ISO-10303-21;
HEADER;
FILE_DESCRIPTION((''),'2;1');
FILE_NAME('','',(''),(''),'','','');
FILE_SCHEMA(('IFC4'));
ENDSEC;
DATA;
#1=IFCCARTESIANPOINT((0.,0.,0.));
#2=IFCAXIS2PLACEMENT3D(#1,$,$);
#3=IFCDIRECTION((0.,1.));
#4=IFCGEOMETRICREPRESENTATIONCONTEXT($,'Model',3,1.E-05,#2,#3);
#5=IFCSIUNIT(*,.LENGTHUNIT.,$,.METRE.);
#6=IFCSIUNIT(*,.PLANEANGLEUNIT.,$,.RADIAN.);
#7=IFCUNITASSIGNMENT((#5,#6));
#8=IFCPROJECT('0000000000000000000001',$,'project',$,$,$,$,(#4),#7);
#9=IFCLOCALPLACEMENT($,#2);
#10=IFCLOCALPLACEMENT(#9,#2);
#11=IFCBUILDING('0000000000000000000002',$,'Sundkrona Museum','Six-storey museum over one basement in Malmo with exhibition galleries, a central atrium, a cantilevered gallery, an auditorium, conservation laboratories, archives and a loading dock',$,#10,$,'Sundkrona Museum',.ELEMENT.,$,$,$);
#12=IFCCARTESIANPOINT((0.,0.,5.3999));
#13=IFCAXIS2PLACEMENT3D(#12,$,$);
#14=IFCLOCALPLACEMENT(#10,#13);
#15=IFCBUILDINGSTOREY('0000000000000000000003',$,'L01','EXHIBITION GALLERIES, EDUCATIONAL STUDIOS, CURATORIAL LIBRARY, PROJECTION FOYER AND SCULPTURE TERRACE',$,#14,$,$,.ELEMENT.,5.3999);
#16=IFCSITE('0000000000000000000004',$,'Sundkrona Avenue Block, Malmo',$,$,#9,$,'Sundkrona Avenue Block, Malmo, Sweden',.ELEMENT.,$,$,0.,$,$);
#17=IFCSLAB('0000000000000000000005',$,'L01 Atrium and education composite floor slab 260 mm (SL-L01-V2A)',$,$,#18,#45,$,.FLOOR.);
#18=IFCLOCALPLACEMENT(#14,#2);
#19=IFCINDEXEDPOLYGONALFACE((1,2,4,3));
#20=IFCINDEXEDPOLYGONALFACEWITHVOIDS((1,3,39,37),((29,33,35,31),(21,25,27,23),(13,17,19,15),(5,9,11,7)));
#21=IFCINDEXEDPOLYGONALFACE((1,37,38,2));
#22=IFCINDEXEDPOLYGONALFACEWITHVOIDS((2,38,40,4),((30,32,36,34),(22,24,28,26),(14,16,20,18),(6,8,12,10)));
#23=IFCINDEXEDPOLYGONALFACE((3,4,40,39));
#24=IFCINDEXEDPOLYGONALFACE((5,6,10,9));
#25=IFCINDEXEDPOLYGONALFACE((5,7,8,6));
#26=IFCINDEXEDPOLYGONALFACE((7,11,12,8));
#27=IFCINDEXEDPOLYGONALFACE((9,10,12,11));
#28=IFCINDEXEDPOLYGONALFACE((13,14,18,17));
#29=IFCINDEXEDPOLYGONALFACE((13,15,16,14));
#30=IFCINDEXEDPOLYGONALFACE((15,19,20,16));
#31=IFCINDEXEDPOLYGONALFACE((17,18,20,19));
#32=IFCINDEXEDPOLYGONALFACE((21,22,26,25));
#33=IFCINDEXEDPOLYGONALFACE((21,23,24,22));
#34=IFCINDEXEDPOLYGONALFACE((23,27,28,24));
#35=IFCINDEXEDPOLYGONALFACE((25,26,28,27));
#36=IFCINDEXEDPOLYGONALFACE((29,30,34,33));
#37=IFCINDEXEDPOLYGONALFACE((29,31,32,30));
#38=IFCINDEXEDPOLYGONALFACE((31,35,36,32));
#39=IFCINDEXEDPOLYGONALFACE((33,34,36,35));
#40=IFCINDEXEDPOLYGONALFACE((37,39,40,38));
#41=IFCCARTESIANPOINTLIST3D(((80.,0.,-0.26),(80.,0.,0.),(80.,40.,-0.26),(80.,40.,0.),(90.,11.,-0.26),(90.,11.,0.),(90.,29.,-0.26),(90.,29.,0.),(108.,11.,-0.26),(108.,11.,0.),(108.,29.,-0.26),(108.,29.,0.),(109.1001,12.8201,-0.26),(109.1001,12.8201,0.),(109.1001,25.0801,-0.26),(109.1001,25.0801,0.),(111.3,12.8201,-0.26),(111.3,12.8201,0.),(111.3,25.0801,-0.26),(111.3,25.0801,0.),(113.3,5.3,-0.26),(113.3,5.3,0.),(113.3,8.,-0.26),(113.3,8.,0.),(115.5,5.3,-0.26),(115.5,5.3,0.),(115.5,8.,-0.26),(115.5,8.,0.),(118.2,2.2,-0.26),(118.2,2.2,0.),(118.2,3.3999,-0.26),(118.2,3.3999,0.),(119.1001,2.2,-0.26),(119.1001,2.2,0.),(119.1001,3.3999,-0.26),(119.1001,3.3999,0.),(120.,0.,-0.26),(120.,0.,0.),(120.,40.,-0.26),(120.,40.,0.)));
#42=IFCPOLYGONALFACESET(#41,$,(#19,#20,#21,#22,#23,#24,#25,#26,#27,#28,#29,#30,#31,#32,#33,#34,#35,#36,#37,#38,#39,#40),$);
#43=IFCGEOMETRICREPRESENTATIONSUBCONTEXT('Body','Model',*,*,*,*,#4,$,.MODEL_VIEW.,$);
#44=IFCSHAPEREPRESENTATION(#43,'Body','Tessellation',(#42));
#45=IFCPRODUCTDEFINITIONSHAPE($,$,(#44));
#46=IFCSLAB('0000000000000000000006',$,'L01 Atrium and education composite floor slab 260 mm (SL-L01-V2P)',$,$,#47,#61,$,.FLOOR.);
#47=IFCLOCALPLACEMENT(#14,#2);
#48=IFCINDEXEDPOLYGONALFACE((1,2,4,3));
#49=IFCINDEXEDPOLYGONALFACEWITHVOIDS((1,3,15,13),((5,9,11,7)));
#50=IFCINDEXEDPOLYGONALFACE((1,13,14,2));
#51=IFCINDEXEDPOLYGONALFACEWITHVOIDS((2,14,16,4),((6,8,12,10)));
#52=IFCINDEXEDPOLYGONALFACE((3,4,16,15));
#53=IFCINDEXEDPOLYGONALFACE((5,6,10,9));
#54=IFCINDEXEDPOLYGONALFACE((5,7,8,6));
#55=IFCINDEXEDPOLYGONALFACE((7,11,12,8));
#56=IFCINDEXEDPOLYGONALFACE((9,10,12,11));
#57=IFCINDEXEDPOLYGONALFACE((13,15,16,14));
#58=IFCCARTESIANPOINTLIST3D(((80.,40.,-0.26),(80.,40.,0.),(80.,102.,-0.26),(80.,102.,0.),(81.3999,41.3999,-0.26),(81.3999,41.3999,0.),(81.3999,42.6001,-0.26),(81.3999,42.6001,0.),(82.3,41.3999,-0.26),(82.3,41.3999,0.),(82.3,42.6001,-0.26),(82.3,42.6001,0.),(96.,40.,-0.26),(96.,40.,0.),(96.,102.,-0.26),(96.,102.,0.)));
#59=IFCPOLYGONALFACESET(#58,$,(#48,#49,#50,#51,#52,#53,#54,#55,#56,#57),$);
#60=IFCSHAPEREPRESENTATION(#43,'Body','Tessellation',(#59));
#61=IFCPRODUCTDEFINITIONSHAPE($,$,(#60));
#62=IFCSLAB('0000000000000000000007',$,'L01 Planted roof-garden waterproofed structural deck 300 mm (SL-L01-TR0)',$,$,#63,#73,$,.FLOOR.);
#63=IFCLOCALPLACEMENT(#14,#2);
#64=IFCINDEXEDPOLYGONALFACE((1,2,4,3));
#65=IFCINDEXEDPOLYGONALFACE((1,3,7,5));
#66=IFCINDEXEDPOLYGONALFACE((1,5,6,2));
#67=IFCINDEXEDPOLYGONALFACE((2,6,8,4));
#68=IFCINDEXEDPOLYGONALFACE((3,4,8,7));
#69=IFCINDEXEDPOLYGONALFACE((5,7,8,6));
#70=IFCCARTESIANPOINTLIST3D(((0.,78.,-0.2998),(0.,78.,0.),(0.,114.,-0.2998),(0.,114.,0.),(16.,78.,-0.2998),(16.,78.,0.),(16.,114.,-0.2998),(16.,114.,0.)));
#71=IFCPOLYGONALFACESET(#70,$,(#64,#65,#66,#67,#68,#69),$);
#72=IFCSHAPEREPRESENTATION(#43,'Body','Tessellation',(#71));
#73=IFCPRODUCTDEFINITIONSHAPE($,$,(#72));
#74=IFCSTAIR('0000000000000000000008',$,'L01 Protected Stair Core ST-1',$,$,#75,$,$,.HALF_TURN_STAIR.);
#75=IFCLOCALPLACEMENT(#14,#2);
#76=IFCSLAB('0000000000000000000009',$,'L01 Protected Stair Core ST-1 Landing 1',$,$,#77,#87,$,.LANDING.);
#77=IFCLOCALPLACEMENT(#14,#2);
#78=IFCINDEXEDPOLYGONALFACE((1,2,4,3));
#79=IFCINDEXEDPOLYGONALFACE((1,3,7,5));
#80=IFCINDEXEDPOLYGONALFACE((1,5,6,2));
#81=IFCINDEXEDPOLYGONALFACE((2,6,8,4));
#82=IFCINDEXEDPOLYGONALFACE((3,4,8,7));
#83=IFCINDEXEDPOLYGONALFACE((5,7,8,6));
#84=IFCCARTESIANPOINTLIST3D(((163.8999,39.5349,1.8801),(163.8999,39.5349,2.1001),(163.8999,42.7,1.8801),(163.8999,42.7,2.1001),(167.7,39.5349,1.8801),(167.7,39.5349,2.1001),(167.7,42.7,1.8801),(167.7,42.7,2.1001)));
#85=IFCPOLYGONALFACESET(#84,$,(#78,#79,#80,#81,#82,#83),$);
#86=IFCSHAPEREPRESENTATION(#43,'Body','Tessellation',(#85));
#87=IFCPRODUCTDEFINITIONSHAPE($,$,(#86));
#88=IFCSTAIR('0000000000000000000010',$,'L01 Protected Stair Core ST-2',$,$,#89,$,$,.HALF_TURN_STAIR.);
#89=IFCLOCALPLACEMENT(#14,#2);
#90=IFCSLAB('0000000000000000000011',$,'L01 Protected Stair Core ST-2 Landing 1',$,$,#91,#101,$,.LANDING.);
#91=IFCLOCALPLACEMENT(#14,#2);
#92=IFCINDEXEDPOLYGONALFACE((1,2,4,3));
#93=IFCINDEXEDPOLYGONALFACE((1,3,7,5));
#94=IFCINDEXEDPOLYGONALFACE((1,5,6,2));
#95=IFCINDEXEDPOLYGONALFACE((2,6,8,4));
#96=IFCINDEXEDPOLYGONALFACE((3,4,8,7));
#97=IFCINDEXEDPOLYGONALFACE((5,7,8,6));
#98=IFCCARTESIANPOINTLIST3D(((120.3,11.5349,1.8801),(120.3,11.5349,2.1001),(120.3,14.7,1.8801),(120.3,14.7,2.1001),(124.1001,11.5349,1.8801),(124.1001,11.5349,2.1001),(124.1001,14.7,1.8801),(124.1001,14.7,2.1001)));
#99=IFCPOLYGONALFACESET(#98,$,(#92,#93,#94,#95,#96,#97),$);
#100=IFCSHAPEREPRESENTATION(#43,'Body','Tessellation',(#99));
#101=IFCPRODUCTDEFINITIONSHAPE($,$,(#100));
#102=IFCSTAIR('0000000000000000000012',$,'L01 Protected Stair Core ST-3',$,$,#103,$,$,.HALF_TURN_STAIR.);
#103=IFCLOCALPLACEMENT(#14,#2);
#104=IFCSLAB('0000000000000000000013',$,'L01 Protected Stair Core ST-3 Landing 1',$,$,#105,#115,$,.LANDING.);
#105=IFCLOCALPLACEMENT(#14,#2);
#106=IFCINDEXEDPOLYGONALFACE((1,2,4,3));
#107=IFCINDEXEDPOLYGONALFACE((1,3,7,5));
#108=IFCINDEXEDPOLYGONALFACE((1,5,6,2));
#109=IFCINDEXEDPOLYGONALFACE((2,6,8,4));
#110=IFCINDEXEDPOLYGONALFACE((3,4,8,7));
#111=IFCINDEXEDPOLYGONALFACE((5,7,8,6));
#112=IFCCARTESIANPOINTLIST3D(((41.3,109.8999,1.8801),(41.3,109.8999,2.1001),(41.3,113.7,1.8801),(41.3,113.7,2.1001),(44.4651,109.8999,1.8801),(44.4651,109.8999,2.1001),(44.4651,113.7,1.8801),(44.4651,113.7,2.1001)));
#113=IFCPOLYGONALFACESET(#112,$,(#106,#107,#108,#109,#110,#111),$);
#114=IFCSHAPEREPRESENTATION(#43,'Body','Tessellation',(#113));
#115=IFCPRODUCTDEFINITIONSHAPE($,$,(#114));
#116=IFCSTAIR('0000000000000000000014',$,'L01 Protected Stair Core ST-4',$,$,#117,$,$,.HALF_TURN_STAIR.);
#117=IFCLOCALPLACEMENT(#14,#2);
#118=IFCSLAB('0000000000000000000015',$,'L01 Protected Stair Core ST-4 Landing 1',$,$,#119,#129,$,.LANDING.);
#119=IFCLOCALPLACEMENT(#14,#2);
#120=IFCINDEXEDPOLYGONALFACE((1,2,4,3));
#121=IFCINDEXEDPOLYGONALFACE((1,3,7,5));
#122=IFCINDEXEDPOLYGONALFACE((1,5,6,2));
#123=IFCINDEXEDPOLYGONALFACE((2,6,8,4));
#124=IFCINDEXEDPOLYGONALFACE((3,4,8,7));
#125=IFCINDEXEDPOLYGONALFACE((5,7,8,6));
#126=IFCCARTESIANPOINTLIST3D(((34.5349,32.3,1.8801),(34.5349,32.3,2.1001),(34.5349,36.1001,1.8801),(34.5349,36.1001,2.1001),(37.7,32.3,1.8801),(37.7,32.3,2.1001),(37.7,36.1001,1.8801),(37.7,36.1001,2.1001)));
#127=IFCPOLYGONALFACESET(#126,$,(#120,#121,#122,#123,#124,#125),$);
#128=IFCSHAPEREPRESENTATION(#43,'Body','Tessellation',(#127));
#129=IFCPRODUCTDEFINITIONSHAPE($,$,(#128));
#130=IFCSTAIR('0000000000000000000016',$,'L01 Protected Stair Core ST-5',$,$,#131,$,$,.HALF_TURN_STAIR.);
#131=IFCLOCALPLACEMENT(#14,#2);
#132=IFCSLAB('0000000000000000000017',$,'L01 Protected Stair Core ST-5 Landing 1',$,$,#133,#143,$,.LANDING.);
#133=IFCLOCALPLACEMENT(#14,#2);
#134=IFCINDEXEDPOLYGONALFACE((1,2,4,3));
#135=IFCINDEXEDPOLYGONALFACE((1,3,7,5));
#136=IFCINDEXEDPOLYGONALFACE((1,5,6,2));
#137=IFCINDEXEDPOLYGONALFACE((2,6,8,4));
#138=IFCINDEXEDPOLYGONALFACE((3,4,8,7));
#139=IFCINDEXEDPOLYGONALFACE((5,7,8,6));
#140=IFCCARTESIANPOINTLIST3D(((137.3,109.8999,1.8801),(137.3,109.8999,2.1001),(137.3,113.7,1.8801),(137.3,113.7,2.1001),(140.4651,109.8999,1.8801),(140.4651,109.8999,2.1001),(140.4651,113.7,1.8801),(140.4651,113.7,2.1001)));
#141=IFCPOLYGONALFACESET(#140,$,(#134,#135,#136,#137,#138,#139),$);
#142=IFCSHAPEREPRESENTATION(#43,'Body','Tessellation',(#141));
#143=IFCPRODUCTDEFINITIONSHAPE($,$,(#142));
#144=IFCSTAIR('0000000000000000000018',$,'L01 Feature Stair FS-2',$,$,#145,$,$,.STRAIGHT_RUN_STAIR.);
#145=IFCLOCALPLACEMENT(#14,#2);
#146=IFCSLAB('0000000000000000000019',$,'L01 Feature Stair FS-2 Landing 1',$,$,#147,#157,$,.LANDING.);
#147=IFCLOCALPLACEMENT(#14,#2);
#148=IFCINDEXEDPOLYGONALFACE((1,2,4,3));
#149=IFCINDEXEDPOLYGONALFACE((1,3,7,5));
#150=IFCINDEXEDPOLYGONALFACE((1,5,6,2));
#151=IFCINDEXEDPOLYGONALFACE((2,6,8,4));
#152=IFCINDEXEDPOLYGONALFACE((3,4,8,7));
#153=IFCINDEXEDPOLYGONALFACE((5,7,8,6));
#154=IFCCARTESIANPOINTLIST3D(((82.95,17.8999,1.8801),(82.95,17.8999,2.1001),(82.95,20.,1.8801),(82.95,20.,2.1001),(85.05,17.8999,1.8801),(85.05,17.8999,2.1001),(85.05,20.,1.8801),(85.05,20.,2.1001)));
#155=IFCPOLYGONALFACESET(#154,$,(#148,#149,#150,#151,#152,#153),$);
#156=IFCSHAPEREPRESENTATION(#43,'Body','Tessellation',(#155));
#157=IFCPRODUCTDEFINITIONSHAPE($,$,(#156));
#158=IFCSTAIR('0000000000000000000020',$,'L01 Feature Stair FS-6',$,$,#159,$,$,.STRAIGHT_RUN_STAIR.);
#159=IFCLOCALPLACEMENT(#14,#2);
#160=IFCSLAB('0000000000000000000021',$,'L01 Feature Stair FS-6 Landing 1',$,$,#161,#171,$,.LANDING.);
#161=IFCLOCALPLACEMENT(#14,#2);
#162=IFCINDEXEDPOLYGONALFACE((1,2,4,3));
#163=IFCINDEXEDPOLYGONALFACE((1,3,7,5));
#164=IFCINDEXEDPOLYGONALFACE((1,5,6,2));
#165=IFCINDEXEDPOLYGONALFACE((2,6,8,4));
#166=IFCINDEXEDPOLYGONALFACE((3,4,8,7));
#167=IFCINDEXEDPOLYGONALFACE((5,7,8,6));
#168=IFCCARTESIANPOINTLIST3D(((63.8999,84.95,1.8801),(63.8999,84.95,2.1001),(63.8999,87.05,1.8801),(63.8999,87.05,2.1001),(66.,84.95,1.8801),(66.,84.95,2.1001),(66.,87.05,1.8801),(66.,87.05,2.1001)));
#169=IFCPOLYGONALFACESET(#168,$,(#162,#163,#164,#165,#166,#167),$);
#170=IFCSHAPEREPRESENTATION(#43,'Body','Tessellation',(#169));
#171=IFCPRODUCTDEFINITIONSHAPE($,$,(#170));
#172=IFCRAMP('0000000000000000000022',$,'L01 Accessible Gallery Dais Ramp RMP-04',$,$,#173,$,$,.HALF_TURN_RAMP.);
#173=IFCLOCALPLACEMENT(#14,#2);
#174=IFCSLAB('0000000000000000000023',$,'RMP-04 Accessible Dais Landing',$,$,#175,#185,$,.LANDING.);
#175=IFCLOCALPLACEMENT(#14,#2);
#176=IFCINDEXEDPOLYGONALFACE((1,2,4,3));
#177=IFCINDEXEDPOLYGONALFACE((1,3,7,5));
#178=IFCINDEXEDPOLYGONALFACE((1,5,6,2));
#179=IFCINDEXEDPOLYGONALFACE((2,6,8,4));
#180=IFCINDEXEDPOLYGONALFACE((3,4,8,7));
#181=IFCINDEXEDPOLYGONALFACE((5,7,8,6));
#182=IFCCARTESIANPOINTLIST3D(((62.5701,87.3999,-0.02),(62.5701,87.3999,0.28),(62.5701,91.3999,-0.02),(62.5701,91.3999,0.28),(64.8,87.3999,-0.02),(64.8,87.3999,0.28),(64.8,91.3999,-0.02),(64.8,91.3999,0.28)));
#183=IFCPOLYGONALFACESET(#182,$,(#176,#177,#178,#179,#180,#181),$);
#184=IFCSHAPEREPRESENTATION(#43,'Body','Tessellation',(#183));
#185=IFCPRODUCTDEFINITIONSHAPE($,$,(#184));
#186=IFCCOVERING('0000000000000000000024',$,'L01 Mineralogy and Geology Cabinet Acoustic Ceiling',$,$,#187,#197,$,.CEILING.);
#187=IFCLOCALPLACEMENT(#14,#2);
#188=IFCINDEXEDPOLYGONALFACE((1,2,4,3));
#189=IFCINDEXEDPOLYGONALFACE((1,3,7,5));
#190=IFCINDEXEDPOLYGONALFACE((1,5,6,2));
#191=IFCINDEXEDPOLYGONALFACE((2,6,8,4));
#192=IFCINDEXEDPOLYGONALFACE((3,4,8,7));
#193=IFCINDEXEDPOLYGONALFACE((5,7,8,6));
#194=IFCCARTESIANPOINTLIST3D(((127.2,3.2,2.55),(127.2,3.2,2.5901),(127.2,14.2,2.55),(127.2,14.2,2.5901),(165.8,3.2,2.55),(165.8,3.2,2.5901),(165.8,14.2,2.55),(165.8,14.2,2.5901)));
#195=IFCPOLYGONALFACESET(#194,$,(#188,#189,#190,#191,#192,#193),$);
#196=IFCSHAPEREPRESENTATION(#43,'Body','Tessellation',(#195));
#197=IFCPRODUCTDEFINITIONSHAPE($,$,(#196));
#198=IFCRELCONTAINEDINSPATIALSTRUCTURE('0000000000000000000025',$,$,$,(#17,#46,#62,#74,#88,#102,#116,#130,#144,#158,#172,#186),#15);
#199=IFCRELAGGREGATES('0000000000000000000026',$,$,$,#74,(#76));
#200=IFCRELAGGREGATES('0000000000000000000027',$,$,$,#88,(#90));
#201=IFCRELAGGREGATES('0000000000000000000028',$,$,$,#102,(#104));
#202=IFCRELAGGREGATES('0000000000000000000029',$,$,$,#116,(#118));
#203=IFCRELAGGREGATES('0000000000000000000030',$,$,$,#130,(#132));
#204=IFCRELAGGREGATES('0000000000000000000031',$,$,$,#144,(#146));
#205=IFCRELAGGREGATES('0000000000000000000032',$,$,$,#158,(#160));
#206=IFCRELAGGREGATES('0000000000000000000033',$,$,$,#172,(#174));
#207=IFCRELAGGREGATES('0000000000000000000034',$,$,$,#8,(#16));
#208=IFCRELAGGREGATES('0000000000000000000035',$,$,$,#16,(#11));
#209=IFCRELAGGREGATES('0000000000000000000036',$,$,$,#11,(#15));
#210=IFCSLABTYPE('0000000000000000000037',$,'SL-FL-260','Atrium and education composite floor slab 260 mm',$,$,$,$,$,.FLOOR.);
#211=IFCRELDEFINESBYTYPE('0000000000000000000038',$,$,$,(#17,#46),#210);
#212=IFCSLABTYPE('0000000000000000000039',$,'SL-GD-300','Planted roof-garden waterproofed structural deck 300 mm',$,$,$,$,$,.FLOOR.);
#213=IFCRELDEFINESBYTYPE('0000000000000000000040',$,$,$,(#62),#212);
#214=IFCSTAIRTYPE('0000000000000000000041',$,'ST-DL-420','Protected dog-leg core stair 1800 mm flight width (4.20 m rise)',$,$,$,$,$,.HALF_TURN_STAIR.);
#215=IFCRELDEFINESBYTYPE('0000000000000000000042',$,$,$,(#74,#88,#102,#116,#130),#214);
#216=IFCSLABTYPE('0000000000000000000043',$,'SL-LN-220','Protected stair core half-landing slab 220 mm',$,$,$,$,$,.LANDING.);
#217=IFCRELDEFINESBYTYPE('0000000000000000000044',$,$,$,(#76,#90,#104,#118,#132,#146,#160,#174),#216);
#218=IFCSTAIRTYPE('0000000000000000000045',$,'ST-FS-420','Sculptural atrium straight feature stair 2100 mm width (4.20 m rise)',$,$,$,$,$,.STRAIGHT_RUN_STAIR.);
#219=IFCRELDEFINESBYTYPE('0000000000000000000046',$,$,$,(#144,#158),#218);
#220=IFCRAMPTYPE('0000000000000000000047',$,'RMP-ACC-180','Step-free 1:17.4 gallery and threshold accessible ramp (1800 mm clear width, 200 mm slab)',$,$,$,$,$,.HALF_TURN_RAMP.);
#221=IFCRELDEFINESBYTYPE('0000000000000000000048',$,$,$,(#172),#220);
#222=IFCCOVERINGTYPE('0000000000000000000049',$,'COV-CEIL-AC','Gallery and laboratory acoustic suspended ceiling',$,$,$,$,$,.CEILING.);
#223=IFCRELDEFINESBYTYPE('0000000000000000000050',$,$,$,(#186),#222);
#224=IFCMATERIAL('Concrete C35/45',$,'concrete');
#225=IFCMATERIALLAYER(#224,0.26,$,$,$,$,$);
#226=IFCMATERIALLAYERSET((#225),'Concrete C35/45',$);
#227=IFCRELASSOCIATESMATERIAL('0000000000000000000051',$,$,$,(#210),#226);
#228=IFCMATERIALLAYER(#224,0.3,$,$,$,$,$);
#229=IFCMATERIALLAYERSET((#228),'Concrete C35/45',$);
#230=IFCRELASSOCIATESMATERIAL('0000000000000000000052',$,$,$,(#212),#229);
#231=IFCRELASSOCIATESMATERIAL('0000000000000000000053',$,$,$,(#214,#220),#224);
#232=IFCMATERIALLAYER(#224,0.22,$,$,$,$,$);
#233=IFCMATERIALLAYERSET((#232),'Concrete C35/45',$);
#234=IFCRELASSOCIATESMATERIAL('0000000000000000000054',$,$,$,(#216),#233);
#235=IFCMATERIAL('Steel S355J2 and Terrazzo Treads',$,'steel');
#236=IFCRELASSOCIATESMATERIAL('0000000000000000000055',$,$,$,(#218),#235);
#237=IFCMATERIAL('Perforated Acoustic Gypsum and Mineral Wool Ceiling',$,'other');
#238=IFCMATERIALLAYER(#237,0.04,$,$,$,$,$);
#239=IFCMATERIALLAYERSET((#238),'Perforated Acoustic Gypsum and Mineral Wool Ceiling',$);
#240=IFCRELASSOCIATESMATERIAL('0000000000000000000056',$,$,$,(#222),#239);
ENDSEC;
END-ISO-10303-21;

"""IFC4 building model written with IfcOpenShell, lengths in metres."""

from ifc_helpers import new_model, si_unit, direction, frame, origin, place, context, subcontext, project, spatial, polyline, outline, extrude, material, layer, layer_set, type_object, element, aggregate, save


model = new_model("IFC4")

# Units and contexts
model_context = context("Model", 3, precision=1e-05, world=origin(), true_north=direction((0.0, 1.0)))
body_context = subcontext(model_context, "Body", "Model", "MODEL_VIEW")
ifc_project = project(units=[si_unit("LENGTHUNIT", "METRE"), si_unit("PLANEANGLEUNIT", "RADIAN")], contexts=[model_context])

# Site, building, storey
site_placement = place(None, origin())
site = spatial("IfcSite", under=ifc_project, at=site_placement, Name="Sundkrona Avenue Block, Malmo", LongName="Sundkrona Avenue Block, Malmo, Sweden", CompositionType="ELEMENT", RefElevation=0.0)
building_placement = place(site_placement, origin())
building = spatial("IfcBuilding", under=site, at=building_placement, Name="Sundkrona Museum", Description="Six-storey museum over one basement in Malmo with exhibition galleries, a central atrium, a cantilevered gallery, an auditorium, conservation laboratories, archives and a loading dock", LongName="Sundkrona Museum", CompositionType="ELEMENT")
storey_placement = place(building_placement, frame((0.0, 0.0, 5.3999)))
storey = spatial("IfcBuildingStorey", under=building, at=storey_placement, Name="L01", Description="EXHIBITION GALLERIES, EDUCATIONAL STUDIOS, CURATORIAL LIBRARY, PROJECTION FOYER AND SCULPTURE TERRACE", CompositionType="ELEMENT", Elevation=5.3999)

# Slabs
ifc_material_1 = material(Name="Concrete C35/45", Category="concrete")
ifc_layer_1 = layer(ifc_material_1, 0.26)
ifc_layer_set_1 = layer_set([ifc_layer_1], Name="Concrete C35/45")
slab_type_1 = type_object("IfcSlabType", Name="SL-FL-260", Description="Atrium and education composite floor slab 260 mm", PredefinedType="FLOOR", material=ifc_layer_set_1)
slab_1_placement = place(storey_placement, frame((0.0, 0.0, -0.26)))
element("IfcSlab", 1, at=slab_1_placement, inside=storey, type_object=slab_type_1, Name="L01 Atrium and education composite floor slab 260 mm (SL-L01-V2A)", PredefinedType="FLOOR", context=body_context, shape_type="SweptSolid", body=[
    extrude(outline(polyline([(80.0, 0.0), (120.0, 0.0), (120.0, 40.0), (80.0, 40.0), (80.0, 0.0)]), holes=[polyline([(119.1001, 2.2), (118.2, 2.2), (118.2, 3.3999), (119.1001, 3.3999), (119.1001, 2.2)]), polyline([(115.5, 5.3), (113.3, 5.3), (113.3, 8.0), (115.5, 8.0), (115.5, 5.3)]), polyline([(111.3, 12.8201), (109.1001, 12.8201), (109.1001, 25.0801), (111.3, 25.0801), (111.3, 12.8201)]), polyline([(108.0, 11.0), (90.0, 11.0), (90.0, 29.0), (108.0, 29.0), (108.0, 11.0)])]), origin(), (0.0, 0.0, 1.0), 0.26),
])
slab_2_placement = place(storey_placement, frame((0.0, 0.0, -0.26)))
element("IfcSlab", 2, at=slab_2_placement, inside=storey, type_object=slab_type_1, Name="L01 Atrium and education composite floor slab 260 mm (SL-L01-V2P)", PredefinedType="FLOOR", context=body_context, shape_type="SweptSolid", body=[
    extrude(outline(polyline([(80.0, 40.0), (96.0, 40.0), (96.0, 102.0), (80.0, 102.0), (80.0, 40.0)]), holes=[polyline([(82.3, 41.3999), (81.3999, 41.3999), (81.3999, 42.6001), (82.3, 42.6001), (82.3, 41.3999)])]), origin(), (0.0, 0.0, 1.0), 0.26),
])
ifc_layer_2 = layer(ifc_material_1, 0.3)
ifc_layer_set_2 = layer_set([ifc_layer_2], Name="Concrete C35/45")
slab_type_2 = type_object("IfcSlabType", Name="SL-GD-300", Description="Planted roof-garden waterproofed structural deck 300 mm", PredefinedType="FLOOR", material=ifc_layer_set_2)
slab_3_placement = place(storey_placement, frame((0.0, 0.0, -0.2998)))
element("IfcSlab", 3, at=slab_3_placement, inside=storey, type_object=slab_type_2, Name="L01 Planted roof-garden waterproofed structural deck 300 mm (SL-L01-TR0)", PredefinedType="FLOOR", context=body_context, shape_type="SweptSolid", body=[
    extrude(outline(polyline([(0.0, 78.0), (16.0, 78.0), (16.0, 114.0), (0.0, 114.0), (0.0, 78.0)])), origin(), (0.0, 0.0, 1.0), 0.2998),
])

# Stairs, slabs
stair_type_1 = type_object("IfcStairType", Name="ST-DL-420", Description="Protected dog-leg core stair 1800 mm flight width (4.20 m rise)", PredefinedType="HALF_TURN_STAIR", material=ifc_material_1)
stair_1_placement = place(storey_placement, origin())
stair_1 = element("IfcStair", 4, at=stair_1_placement, inside=storey, type_object=stair_type_1, Name="L01 Protected Stair Core ST-1", PredefinedType="HALF_TURN_STAIR")
ifc_layer_3 = layer(ifc_material_1, 0.22)
ifc_layer_set_3 = layer_set([ifc_layer_3], Name="Concrete C35/45")
slab_type_3 = type_object("IfcSlabType", Name="SL-LN-220", Description="Protected stair core half-landing slab 220 mm", PredefinedType="LANDING", material=ifc_layer_set_3)
slab_4_placement = place(storey_placement, frame((0.0, 0.0, 1.8801)))
slab_4 = element("IfcSlab", 5, at=slab_4_placement, type_object=slab_type_3, Name="L01 Protected Stair Core ST-1 Landing 1", PredefinedType="LANDING", context=body_context, shape_type="SweptSolid", body=[
    extrude(outline(polyline([(167.7, 39.5349), (167.7, 42.7), (163.8999, 42.7), (163.8999, 39.5349), (167.7, 39.5349)])), origin(), (0.0, 0.0, 1.0), 0.22),
])
aggregate(stair_1, [slab_4])
stair_2_placement = place(storey_placement, origin())
stair_2 = element("IfcStair", 6, at=stair_2_placement, inside=storey, type_object=stair_type_1, Name="L01 Protected Stair Core ST-2", PredefinedType="HALF_TURN_STAIR")
slab_5_placement = place(storey_placement, frame((0.0, 0.0, 1.8801)))
slab_5 = element("IfcSlab", 7, at=slab_5_placement, type_object=slab_type_3, Name="L01 Protected Stair Core ST-2 Landing 1", PredefinedType="LANDING", context=body_context, shape_type="SweptSolid", body=[
    extrude(outline(polyline([(124.1001, 11.5349), (124.1001, 14.7), (120.3, 14.7), (120.3, 11.5349), (124.1001, 11.5349)])), origin(), (0.0, 0.0, 1.0), 0.22),
])
aggregate(stair_2, [slab_5])
stair_3_placement = place(storey_placement, origin())
stair_3 = element("IfcStair", 8, at=stair_3_placement, inside=storey, type_object=stair_type_1, Name="L01 Protected Stair Core ST-3", PredefinedType="HALF_TURN_STAIR")
slab_6_placement = place(storey_placement, frame((0.0, 0.0, 1.8801)))
slab_6 = element("IfcSlab", 9, at=slab_6_placement, type_object=slab_type_3, Name="L01 Protected Stair Core ST-3 Landing 1", PredefinedType="LANDING", context=body_context, shape_type="SweptSolid", body=[
    extrude(outline(polyline([(44.4651, 113.7), (41.3, 113.7), (41.3, 109.8999), (44.4651, 109.8999), (44.4651, 113.7)])), origin(), (0.0, 0.0, 1.0), 0.22),
])
aggregate(stair_3, [slab_6])
stair_4_placement = place(storey_placement, origin())
stair_4 = element("IfcStair", 10, at=stair_4_placement, inside=storey, type_object=stair_type_1, Name="L01 Protected Stair Core ST-4", PredefinedType="HALF_TURN_STAIR")
slab_7_placement = place(storey_placement, frame((0.0, 0.0, 1.8801)))
slab_7 = element("IfcSlab", 11, at=slab_7_placement, type_object=slab_type_3, Name="L01 Protected Stair Core ST-4 Landing 1", PredefinedType="LANDING", context=body_context, shape_type="SweptSolid", body=[
    extrude(outline(polyline([(34.5349, 32.3), (37.7, 32.3), (37.7, 36.1001), (34.5349, 36.1001), (34.5349, 32.3)])), origin(), (0.0, 0.0, 1.0), 0.22),
])
aggregate(stair_4, [slab_7])
stair_5_placement = place(storey_placement, origin())
stair_5 = element("IfcStair", 12, at=stair_5_placement, inside=storey, type_object=stair_type_1, Name="L01 Protected Stair Core ST-5", PredefinedType="HALF_TURN_STAIR")
slab_8_placement = place(storey_placement, frame((0.0, 0.0, 1.8801)))
slab_8 = element("IfcSlab", 13, at=slab_8_placement, type_object=slab_type_3, Name="L01 Protected Stair Core ST-5 Landing 1", PredefinedType="LANDING", context=body_context, shape_type="SweptSolid", body=[
    extrude(outline(polyline([(140.4651, 113.7), (137.3, 113.7), (137.3, 109.8999), (140.4651, 109.8999), (140.4651, 113.7)])), origin(), (0.0, 0.0, 1.0), 0.22),
])
aggregate(stair_5, [slab_8])
ifc_material_2 = material(Name="Steel S355J2 and Terrazzo Treads", Category="steel")
stair_type_2 = type_object("IfcStairType", Name="ST-FS-420", Description="Sculptural atrium straight feature stair 2100 mm width (4.20 m rise)", PredefinedType="STRAIGHT_RUN_STAIR", material=ifc_material_2)
stair_6_placement = place(storey_placement, origin())
stair_6 = element("IfcStair", 14, at=stair_6_placement, inside=storey, type_object=stair_type_2, Name="L01 Feature Stair FS-2", PredefinedType="STRAIGHT_RUN_STAIR")
slab_9_placement = place(storey_placement, frame((0.0, 0.0, 1.8801)))
slab_9 = element("IfcSlab", 15, at=slab_9_placement, type_object=slab_type_3, Name="L01 Feature Stair FS-2 Landing 1", PredefinedType="LANDING", context=body_context, shape_type="SweptSolid", body=[
    extrude(outline(polyline([(85.05, 17.8999), (85.05, 20.0), (82.95, 20.0), (82.95, 17.8999), (85.05, 17.8999)])), origin(), (0.0, 0.0, 1.0), 0.22),
])
aggregate(stair_6, [slab_9])
stair_7_placement = place(storey_placement, origin())
stair_7 = element("IfcStair", 16, at=stair_7_placement, inside=storey, type_object=stair_type_2, Name="L01 Feature Stair FS-6", PredefinedType="STRAIGHT_RUN_STAIR")
slab_10_placement = place(storey_placement, frame((0.0, 0.0, 1.8801)))
slab_10 = element("IfcSlab", 17, at=slab_10_placement, type_object=slab_type_3, Name="L01 Feature Stair FS-6 Landing 1", PredefinedType="LANDING", context=body_context, shape_type="SweptSolid", body=[
    extrude(outline(polyline([(63.8999, 84.95), (66.0, 84.95), (66.0, 87.05), (63.8999, 87.05), (63.8999, 84.95)])), origin(), (0.0, 0.0, 1.0), 0.22),
])
aggregate(stair_7, [slab_10])

# Ramp, slab
ramp_type = type_object("IfcRampType", Name="RMP-ACC-180", Description="Step-free 1:17.4 gallery and threshold accessible ramp (1800 mm clear width, 200 mm slab)", PredefinedType="HALF_TURN_RAMP", material=ifc_material_1)
ramp_placement = place(storey_placement, origin())
ramp = element("IfcRamp", 18, at=ramp_placement, inside=storey, type_object=ramp_type, Name="L01 Accessible Gallery Dais Ramp RMP-04", PredefinedType="HALF_TURN_RAMP")
slab_11_placement = place(storey_placement, frame((0.0, 0.0, -0.02)))
slab_11 = element("IfcSlab", 19, at=slab_11_placement, type_object=slab_type_3, Name="RMP-04 Accessible Dais Landing", PredefinedType="LANDING", context=body_context, shape_type="SweptSolid", body=[
    extrude(outline(polyline([(62.5701, 87.3999), (64.8, 87.3999), (64.8, 91.3999), (62.5701, 91.3999), (62.5701, 87.3999)])), origin(), (0.0, 0.0, 1.0), 0.3),
])
aggregate(ramp, [slab_11])

# Covering
ifc_material_3 = material(Name="Perforated Acoustic Gypsum and Mineral Wool Ceiling", Category="other")
ifc_layer_4 = layer(ifc_material_3, 0.04)
ifc_layer_set_4 = layer_set([ifc_layer_4], Name="Perforated Acoustic Gypsum and Mineral Wool Ceiling")
covering_type_1 = type_object("IfcCoveringType", Name="COV-CEIL-AC", Description="Gallery and laboratory acoustic suspended ceiling", PredefinedType="CEILING", material=ifc_layer_set_4)
covering_1_placement = place(storey_placement, frame((0.0, 0.0, 2.55)))
element("IfcCovering", 20, at=covering_1_placement, inside=storey, type_object=covering_type_1, Name="L01 Mineralogy and Geology Cabinet Acoustic Ceiling", PredefinedType="CEILING", context=body_context, shape_type="SweptSolid", body=[
    extrude(outline(polyline([(127.2, 3.2), (165.8, 3.2), (165.8, 14.2), (127.2, 14.2), (127.2, 3.2)])), origin(), (0.0, 0.0, 1.0), 0.04),
])

save(model, "model.ifc")
